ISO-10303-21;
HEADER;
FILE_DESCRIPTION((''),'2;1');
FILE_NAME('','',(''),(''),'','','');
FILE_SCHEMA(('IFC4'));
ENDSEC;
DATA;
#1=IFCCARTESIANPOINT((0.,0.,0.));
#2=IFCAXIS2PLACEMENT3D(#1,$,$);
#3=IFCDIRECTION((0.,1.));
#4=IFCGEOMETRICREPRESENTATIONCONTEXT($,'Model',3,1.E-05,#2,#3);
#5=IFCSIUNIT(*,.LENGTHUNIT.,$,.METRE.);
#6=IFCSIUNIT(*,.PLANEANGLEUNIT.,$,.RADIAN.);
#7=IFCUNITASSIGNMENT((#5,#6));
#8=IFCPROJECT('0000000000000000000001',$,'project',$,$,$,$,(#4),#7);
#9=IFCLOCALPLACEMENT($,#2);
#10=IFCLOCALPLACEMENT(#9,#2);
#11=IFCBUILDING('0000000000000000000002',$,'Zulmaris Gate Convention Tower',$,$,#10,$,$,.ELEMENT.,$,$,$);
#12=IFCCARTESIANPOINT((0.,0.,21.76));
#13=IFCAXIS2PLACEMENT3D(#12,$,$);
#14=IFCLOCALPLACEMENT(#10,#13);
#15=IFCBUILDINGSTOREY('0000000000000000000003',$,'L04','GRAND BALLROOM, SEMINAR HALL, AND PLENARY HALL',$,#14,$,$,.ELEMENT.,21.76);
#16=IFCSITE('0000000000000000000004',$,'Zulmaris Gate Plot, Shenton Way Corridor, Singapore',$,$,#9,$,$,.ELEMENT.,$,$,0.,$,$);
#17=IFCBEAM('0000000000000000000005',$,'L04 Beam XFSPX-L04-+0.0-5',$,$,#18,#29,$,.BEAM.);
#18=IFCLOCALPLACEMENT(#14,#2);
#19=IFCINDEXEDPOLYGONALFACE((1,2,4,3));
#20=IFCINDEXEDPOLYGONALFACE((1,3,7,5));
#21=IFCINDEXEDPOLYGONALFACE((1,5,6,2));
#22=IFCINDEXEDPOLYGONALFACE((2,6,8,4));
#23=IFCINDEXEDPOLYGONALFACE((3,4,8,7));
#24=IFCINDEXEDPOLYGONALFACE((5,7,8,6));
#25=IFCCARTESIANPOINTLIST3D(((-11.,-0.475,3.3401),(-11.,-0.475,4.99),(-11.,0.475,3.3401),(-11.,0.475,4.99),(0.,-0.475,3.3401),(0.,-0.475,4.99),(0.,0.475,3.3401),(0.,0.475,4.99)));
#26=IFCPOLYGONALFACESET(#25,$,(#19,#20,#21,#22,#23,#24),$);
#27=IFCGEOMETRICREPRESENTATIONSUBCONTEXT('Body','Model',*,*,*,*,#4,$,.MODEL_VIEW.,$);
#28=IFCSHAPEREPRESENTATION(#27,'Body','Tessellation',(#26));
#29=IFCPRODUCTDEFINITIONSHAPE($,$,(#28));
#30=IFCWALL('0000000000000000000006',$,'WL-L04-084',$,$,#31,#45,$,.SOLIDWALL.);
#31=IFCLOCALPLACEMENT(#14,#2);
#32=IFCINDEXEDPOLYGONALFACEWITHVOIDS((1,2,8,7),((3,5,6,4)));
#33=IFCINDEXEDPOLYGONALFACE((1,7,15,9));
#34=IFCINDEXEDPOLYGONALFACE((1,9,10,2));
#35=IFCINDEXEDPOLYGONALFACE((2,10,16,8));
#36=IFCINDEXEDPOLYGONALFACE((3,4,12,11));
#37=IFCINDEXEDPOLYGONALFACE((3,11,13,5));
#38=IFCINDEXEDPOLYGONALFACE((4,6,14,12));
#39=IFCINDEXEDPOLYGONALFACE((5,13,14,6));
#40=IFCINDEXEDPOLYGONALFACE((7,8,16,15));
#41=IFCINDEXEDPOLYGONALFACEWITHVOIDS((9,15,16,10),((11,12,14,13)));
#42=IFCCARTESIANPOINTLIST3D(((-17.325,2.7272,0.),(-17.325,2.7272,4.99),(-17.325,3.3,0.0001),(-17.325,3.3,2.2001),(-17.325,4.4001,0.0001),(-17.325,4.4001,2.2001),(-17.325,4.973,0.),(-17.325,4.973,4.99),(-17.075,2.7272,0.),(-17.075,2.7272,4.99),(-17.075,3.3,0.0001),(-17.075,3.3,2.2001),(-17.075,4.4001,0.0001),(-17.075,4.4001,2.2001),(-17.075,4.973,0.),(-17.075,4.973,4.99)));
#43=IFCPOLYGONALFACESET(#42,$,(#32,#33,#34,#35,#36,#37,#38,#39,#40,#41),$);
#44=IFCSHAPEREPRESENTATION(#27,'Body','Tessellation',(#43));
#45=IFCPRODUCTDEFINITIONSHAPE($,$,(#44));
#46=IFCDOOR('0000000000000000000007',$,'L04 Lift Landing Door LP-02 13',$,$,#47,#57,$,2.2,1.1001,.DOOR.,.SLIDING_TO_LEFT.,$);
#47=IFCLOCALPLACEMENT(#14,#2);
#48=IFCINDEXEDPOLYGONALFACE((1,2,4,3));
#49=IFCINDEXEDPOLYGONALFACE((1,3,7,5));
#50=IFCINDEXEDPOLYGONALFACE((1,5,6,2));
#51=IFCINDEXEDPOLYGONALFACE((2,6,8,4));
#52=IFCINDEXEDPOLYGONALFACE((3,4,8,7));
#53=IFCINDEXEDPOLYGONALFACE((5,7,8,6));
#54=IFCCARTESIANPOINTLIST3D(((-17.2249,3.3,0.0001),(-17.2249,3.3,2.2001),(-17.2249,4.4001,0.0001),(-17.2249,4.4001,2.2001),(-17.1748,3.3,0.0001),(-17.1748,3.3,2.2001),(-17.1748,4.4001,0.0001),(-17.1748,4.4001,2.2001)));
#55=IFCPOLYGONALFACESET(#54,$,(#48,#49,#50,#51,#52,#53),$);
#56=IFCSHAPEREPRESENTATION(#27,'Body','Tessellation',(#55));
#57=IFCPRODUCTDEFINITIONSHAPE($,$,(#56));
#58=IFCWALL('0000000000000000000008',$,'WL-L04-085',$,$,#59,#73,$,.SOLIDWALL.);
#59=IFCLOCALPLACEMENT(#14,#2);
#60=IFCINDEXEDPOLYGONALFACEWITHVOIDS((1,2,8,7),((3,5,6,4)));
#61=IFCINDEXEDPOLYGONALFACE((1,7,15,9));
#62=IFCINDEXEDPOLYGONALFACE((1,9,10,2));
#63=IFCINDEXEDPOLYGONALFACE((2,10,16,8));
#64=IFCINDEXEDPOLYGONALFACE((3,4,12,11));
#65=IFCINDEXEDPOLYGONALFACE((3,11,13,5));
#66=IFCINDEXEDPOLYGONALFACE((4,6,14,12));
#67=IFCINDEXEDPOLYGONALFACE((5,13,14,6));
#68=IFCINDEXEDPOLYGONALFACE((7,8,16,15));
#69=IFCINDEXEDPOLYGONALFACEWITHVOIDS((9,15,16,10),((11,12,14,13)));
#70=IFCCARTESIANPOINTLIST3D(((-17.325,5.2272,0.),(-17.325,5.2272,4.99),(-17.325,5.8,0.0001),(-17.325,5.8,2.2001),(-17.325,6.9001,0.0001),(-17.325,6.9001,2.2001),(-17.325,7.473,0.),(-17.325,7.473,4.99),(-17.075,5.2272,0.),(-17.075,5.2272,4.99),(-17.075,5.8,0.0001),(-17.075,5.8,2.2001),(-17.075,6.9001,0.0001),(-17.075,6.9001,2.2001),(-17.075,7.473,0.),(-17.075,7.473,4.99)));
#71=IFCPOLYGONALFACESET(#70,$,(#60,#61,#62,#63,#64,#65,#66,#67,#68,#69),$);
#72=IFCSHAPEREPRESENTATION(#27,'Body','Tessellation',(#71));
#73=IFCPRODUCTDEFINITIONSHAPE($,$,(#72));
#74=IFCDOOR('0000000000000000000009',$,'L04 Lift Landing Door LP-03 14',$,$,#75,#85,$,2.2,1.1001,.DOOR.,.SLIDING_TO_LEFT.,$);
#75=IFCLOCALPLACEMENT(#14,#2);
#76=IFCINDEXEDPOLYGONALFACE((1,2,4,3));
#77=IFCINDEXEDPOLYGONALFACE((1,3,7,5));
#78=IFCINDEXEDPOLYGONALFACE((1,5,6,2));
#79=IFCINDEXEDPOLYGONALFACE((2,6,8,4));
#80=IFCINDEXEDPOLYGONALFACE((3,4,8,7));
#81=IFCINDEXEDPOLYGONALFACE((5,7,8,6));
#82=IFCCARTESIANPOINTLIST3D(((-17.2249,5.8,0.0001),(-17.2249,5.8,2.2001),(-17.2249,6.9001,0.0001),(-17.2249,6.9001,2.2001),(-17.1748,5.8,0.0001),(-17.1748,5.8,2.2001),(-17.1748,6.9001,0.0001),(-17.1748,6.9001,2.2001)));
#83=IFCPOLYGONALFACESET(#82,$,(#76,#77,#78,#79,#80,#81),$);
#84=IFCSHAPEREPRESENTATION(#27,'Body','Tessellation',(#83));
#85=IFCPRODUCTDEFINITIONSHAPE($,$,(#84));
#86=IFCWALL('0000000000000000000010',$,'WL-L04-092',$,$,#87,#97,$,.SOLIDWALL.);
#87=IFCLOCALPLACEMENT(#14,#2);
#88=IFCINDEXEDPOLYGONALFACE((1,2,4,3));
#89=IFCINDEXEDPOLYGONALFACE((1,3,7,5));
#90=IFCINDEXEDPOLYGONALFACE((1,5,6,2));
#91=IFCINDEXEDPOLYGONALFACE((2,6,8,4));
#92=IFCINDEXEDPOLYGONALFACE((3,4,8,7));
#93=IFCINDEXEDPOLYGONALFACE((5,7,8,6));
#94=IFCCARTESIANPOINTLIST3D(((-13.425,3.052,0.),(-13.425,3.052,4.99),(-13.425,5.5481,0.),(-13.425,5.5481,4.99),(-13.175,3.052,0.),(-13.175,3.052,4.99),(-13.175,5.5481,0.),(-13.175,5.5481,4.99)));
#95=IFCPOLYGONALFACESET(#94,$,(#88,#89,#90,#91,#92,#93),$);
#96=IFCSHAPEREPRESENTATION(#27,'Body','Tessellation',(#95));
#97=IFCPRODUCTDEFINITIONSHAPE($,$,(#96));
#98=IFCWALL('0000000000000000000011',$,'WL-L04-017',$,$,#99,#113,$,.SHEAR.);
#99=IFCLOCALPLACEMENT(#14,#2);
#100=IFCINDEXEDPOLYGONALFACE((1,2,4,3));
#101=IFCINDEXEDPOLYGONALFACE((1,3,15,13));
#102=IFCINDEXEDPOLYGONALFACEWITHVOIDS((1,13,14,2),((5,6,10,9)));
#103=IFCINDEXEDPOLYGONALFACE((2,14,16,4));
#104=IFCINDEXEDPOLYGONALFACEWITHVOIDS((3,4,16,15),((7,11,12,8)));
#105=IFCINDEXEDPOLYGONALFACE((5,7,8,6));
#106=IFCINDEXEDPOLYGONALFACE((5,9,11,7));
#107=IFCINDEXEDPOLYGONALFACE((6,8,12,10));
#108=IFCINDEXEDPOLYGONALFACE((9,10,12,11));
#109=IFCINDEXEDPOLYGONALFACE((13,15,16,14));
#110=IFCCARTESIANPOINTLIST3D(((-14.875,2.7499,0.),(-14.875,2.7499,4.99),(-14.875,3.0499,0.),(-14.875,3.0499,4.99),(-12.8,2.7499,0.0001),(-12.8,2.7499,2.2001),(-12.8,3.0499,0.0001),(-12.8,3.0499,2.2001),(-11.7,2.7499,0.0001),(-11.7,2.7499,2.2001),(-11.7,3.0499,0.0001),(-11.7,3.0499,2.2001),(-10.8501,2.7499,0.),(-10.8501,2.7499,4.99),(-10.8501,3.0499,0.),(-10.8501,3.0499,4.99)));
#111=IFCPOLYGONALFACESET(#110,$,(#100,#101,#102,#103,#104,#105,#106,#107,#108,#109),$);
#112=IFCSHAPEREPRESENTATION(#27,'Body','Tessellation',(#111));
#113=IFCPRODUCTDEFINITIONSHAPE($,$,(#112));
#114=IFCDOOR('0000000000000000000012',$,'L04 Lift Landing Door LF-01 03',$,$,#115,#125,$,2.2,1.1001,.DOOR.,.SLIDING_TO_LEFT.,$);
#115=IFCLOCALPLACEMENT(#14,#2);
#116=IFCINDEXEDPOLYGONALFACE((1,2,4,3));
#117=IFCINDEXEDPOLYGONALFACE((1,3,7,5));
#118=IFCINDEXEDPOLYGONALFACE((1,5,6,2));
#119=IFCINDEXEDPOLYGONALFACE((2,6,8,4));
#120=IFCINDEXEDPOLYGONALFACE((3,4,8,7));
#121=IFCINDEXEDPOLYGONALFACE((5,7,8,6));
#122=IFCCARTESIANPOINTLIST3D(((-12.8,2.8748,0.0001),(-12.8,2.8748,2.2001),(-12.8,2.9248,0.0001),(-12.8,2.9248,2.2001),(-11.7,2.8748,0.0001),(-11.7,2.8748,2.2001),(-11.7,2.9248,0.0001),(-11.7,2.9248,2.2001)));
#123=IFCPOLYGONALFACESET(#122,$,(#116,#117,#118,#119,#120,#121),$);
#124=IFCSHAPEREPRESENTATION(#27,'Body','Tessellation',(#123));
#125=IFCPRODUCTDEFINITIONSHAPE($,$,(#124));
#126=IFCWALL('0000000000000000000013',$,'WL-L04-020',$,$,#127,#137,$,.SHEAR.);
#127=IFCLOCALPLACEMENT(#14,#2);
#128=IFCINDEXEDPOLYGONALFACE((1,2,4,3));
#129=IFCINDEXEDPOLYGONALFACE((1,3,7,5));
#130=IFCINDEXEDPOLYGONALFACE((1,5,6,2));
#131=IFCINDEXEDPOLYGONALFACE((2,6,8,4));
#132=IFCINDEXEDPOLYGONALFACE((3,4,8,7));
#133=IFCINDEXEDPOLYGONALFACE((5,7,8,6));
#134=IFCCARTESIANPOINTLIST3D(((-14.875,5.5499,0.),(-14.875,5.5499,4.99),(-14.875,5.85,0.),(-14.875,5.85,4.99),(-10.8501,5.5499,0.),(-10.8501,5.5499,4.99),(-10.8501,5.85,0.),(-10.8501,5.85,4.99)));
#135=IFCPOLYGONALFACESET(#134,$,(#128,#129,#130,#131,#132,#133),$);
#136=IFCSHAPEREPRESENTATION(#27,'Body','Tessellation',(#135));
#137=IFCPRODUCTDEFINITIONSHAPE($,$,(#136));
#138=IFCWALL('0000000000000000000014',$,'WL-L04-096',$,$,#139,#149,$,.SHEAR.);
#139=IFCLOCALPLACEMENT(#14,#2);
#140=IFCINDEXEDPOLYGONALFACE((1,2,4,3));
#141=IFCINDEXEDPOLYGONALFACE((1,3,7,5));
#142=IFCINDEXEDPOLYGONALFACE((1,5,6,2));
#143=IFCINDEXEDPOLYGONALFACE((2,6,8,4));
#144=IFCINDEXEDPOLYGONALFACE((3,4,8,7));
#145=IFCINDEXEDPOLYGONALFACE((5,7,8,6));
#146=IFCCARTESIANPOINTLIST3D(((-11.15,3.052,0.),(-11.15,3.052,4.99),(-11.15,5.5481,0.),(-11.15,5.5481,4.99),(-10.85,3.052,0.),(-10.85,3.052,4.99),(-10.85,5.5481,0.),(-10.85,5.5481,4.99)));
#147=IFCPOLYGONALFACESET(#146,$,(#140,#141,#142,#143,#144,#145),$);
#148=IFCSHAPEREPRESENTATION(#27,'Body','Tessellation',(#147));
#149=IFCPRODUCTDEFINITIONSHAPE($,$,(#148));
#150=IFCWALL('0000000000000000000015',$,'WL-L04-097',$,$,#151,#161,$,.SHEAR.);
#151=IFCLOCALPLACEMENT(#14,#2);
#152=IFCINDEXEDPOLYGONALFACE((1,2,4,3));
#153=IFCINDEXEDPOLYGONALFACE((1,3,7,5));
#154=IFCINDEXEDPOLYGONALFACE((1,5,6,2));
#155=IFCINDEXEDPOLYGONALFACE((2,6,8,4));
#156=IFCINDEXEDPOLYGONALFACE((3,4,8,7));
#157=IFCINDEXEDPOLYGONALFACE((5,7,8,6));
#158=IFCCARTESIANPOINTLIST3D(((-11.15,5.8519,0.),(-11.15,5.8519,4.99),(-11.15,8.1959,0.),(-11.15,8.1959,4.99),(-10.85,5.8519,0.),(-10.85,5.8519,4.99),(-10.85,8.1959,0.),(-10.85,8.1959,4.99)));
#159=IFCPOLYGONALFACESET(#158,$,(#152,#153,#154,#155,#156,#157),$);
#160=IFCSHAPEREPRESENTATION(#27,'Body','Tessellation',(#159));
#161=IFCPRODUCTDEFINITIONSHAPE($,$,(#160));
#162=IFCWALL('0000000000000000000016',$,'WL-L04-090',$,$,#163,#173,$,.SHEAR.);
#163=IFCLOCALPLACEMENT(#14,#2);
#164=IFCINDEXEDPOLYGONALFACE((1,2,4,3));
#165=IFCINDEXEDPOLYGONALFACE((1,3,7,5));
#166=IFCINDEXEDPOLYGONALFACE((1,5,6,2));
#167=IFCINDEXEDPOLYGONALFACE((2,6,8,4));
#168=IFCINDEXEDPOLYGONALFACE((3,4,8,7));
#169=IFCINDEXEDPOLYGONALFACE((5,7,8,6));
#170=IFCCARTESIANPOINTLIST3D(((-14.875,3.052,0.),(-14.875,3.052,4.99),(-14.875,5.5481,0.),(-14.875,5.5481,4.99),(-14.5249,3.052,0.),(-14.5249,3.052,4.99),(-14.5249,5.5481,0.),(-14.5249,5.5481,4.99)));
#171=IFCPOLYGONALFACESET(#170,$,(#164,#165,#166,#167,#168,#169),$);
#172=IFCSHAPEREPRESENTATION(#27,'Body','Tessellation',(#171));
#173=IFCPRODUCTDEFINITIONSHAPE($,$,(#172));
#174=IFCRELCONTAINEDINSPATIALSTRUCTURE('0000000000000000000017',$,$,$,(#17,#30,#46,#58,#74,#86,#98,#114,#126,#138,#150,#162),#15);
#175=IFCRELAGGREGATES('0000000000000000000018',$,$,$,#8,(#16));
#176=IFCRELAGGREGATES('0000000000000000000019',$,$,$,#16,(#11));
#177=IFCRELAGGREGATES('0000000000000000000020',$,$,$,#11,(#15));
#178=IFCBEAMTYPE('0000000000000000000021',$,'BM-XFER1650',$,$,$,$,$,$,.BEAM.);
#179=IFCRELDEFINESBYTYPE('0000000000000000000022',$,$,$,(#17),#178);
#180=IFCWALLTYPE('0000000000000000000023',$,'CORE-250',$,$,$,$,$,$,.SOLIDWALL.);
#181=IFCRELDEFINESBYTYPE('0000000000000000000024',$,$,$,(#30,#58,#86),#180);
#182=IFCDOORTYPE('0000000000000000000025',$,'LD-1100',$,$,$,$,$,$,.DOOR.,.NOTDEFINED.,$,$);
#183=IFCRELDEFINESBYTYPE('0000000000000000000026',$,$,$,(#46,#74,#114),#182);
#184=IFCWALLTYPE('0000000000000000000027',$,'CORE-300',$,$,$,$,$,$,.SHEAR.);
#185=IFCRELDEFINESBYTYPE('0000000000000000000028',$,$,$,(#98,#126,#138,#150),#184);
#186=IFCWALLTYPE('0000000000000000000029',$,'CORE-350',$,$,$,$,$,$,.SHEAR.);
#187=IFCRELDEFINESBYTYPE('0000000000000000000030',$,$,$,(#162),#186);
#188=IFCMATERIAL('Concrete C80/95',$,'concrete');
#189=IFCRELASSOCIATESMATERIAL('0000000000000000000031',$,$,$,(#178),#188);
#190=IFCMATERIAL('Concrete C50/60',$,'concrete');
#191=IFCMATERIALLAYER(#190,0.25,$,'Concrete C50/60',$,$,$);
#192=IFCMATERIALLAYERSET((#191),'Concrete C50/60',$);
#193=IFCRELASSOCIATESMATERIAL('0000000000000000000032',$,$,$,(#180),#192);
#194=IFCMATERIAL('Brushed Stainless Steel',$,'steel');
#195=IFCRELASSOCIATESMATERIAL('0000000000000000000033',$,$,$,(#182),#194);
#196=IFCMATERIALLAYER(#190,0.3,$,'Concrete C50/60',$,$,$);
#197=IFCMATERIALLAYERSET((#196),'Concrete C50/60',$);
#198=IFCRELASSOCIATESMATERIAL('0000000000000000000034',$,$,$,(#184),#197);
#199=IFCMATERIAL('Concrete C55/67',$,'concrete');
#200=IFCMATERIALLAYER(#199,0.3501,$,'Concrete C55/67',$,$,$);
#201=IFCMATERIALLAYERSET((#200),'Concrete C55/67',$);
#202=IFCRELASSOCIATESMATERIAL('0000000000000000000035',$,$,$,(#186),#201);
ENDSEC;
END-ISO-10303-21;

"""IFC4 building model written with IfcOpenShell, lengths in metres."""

from ifc_helpers import new_model, si_unit, direction, frame, frame_2d, origin, origin_2d, place, context, subcontext, project, spatial, rectangle, extrude, material, layer, layer_set, material_profile, profile_set, type_object, element, fill, save


model = new_model("IFC4")

# Units and contexts
model_context = context("Model", 3, precision=1e-05, world=origin(), true_north=direction((0.0, 1.0)))
body_context = subcontext(model_context, "Body", "Model", "MODEL_VIEW")
ifc_project = project(units=[si_unit("LENGTHUNIT", "METRE"), si_unit("PLANEANGLEUNIT", "RADIAN")], contexts=[model_context])

# Site, building, storey
site_placement = place(None, origin())
site = spatial("IfcSite", under=ifc_project, at=site_placement, Name="Zulmaris Gate Plot, Shenton Way Corridor, Singapore", CompositionType="ELEMENT", RefElevation=0.0)
building_placement = place(site_placement, origin())
building = spatial("IfcBuilding", under=site, at=building_placement, Name="Zulmaris Gate Convention Tower", CompositionType="ELEMENT")
storey_placement = place(building_placement, frame((0.0, 0.0, 21.76)))
storey = spatial("IfcBuildingStorey", under=building, at=storey_placement, Name="L04", Description="GRAND BALLROOM, SEMINAR HALL, AND PLENARY HALL", CompositionType="ELEMENT", Elevation=21.76)

# Beam
ifc_material_1 = material(Name="Concrete C80/95", Category="concrete")
ifc_material_profile = material_profile(ifc_material_1, rectangle(XDim=0.95, YDim=1.6499, at=origin_2d()), Name="RC TRANSFER 950x1650")
ifc_profile_set = profile_set([ifc_material_profile], Name="Concrete C80/95")
beam_type = type_object("IfcBeamType", Name="BM-XFER1650", PredefinedType="BEAM", material=ifc_profile_set)
beam_placement = place(storey_placement, frame((-11.0, 0.0, 4.165), z_axis=(1.0, 0.0, 0.0), x_axis=(0.0, 1.0, 0.0)))
element("IfcBeam", 1, at=beam_placement, inside=storey, type_object=beam_type, Name="L04 Beam XFSPX-L04-+0.0-5", PredefinedType="BEAM", context=body_context, shape_type="SweptSolid", body=[
    extrude(rectangle(XDim=0.95, YDim=1.6499, at=origin_2d()), origin(), (0.0, 0.0, 1.0), 11.0),
])

# Walls, openings, doors
ifc_material_2 = material(Name="Concrete C50/60", Category="concrete")
ifc_layer_1 = layer(ifc_material_2, 0.25, Name="Concrete C50/60")
ifc_layer_set_1 = layer_set([ifc_layer_1], Name="Concrete C50/60")
wall_type_1 = type_object("IfcWallType", Name="CORE-250", PredefinedType="SOLIDWALL", material=ifc_layer_set_1)
wall_1_placement = place(storey_placement, frame((-17.2, 2.7271, 0.0), z_axis=(0.0, 0.0, 1.0), x_axis=(0.0, 1.0, 0.0)))
wall_1 = element("IfcWall", 2, at=wall_1_placement, inside=storey, type_object=wall_type_1, Name="WL-L04-084", PredefinedType="SOLIDWALL", context=body_context, shape_type="SweptSolid", body=[
    extrude(rectangle(XDim=2.2458, YDim=0.25, at=frame_2d((1.123, 0.0))), origin(), (0.0, 0.0, 1.0), 4.99),
])
opening_1_placement = place(wall_1_placement, frame((0.573, 0.0, 0.0)))
opening_1 = element("IfcOpeningElement", 3, at=opening_1_placement, cuts=wall_1, PredefinedType="OPENING", context=body_context, shape_type="SweptSolid", body=[
    extrude(rectangle(XDim=1.1001, YDim=2.2, at=frame_2d((0.55, 1.1001))), frame((0.0, 0.135, 0.0), z_axis=(0.0, -1.0, 0.0), x_axis=(1.0, 0.0, 0.0)), (0.0, 0.0, 1.0), 0.27),
])
ifc_material_3 = material(Name="Brushed Stainless Steel", Category="steel")
door_type_1 = type_object("IfcDoorType", Name="LD-1100", OperationType="NOTDEFINED", PredefinedType="DOOR", material=ifc_material_3)
door_1_placement = place(opening_1_placement, origin())
door_1 = element("IfcDoor", 4, at=door_1_placement, inside=storey, type_object=door_type_1, Name="L04 Lift Landing Door LP-02 13", OperationType="SLIDING_TO_LEFT", OverallHeight=2.2, OverallWidth=1.1001, PredefinedType="DOOR", context=body_context, shape_type="SweptSolid", body=[
    extrude(rectangle(XDim=1.1001, YDim=2.2, at=frame_2d((0.55, 1.1001))), frame((0.0, 0.0249, 0.0), z_axis=(0.0, -1.0, 0.0), x_axis=(1.0, 0.0, 0.0)), (0.0, 0.0, 1.0), 0.05),
])
fill(opening_1, door_1)
wall_2_placement = place(storey_placement, frame((-17.2, 5.2271, 0.0), z_axis=(0.0, 0.0, 1.0), x_axis=(0.0, 1.0, 0.0)))
wall_2 = element("IfcWall", 5, at=wall_2_placement, inside=storey, type_object=wall_type_1, Name="WL-L04-085", PredefinedType="SOLIDWALL", context=body_context, shape_type="SweptSolid", body=[
    extrude(rectangle(XDim=2.2458, YDim=0.25, at=frame_2d((1.123, 0.0))), origin(), (0.0, 0.0, 1.0), 4.99),
])
opening_2_placement = place(wall_2_placement, frame((0.573, 0.0, 0.0)))
opening_2 = element("IfcOpeningElement", 6, at=opening_2_placement, cuts=wall_2, PredefinedType="OPENING", context=body_context, shape_type="SweptSolid", body=[
    extrude(rectangle(XDim=1.1001, YDim=2.2, at=frame_2d((0.55, 1.1001))), frame((0.0, 0.135, 0.0), z_axis=(0.0, -1.0, 0.0), x_axis=(1.0, 0.0, 0.0)), (0.0, 0.0, 1.0), 0.27),
])
door_2_placement = place(opening_2_placement, origin())
door_2 = element("IfcDoor", 7, at=door_2_placement, inside=storey, type_object=door_type_1, Name="L04 Lift Landing Door LP-03 14", OperationType="SLIDING_TO_LEFT", OverallHeight=2.2, OverallWidth=1.1001, PredefinedType="DOOR", context=body_context, shape_type="SweptSolid", body=[
    extrude(rectangle(XDim=1.1001, YDim=2.2, at=frame_2d((0.55, 1.1001))), frame((0.0, 0.0249, 0.0), z_axis=(0.0, -1.0, 0.0), x_axis=(1.0, 0.0, 0.0)), (0.0, 0.0, 1.0), 0.05),
])
fill(opening_2, door_2)

# Wall
wall_3_placement = place(storey_placement, frame((-13.3, 3.052, 0.0), z_axis=(0.0, 0.0, 1.0), x_axis=(0.0, 1.0, 0.0)))
element("IfcWall", 8, at=wall_3_placement, inside=storey, type_object=wall_type_1, Name="WL-L04-092", PredefinedType="SOLIDWALL", context=body_context, shape_type="SweptSolid", body=[
    extrude(rectangle(XDim=2.4961, YDim=0.25, at=frame_2d((1.248, 0.0))), origin(), (0.0, 0.0, 1.0), 4.99),
])

# Wall, opening, door
ifc_layer_2 = layer(ifc_material_2, 0.3, Name="Concrete C50/60")
ifc_layer_set_2 = layer_set([ifc_layer_2], Name="Concrete C50/60")
wall_type_2 = type_object("IfcWallType", Name="CORE-300", PredefinedType="SHEAR", material=ifc_layer_set_2)
wall_4_placement = place(storey_placement, frame((-14.875, 2.8999, 0.0), z_axis=(0.0, 0.0, 1.0), x_axis=(1.0, 0.0, 0.0)))
wall_4 = element("IfcWall", 9, at=wall_4_placement, inside=storey, type_object=wall_type_2, Name="WL-L04-017", PredefinedType="SHEAR", context=body_context, shape_type="SweptSolid", body=[
    extrude(rectangle(XDim=4.0249, YDim=0.3, at=frame_2d((2.0125, 0.0))), origin(), (0.0, 0.0, 1.0), 4.99),
])
opening_3_placement = place(wall_4_placement, frame((2.075, 0.0, 0.0)))
opening_3 = element("IfcOpeningElement", 10, at=opening_3_placement, cuts=wall_4, PredefinedType="OPENING", context=body_context, shape_type="SweptSolid", body=[
    extrude(rectangle(XDim=1.1001, YDim=2.2, at=frame_2d((0.55, 1.1001))), frame((0.0, 0.1602, 0.0), z_axis=(0.0, -1.0, 0.0), x_axis=(1.0, 0.0, 0.0)), (0.0, 0.0, 1.0), 0.3201),
])
door_3_placement = place(opening_3_placement, origin())
door_3 = element("IfcDoor", 11, at=door_3_placement, inside=storey, type_object=door_type_1, Name="L04 Lift Landing Door LF-01 03", OperationType="SLIDING_TO_LEFT", OverallHeight=2.2, OverallWidth=1.1001, PredefinedType="DOOR", context=body_context, shape_type="SweptSolid", body=[
    extrude(rectangle(XDim=1.1001, YDim=2.2, at=frame_2d((0.55, 1.1001))), frame((0.0, 0.0249, 0.0), z_axis=(0.0, -1.0, 0.0), x_axis=(1.0, 0.0, 0.0)), (0.0, 0.0, 1.0), 0.05),
])
fill(opening_3, door_3)

# Wall
wall_5_placement = place(storey_placement, frame((-14.875, 5.7, 0.0), z_axis=(0.0, 0.0, 1.0), x_axis=(1.0, 0.0, 0.0)))
element("IfcWall", 12, at=wall_5_placement, inside=storey, type_object=wall_type_2, Name="WL-L04-020", PredefinedType="SHEAR", context=body_context, shape_type="SweptSolid", body=[
    extrude(rectangle(XDim=4.0249, YDim=0.3, at=frame_2d((2.0125, 0.0))), origin(), (0.0, 0.0, 1.0), 4.99),
])

# Walls
wall_6_placement = place(storey_placement, frame((-11.0, 3.052, 0.0), z_axis=(0.0, 0.0, 1.0), x_axis=(0.0, 1.0, 0.0)))
element("IfcWall", 13, at=wall_6_placement, inside=storey, type_object=wall_type_2, Name="WL-L04-096", PredefinedType="SHEAR", context=body_context, shape_type="SweptSolid", body=[
    extrude(rectangle(XDim=2.4961, YDim=0.3, at=frame_2d((1.248, 0.0))), origin(), (0.0, 0.0, 1.0), 4.99),
])
wall_7_placement = place(storey_placement, frame((-11.0, 5.8521, 0.0), z_axis=(0.0, 0.0, 1.0), x_axis=(0.0, 1.0, 0.0)))
element("IfcWall", 14, at=wall_7_placement, inside=storey, type_object=wall_type_2, Name="WL-L04-097", PredefinedType="SHEAR", context=body_context, shape_type="SweptSolid", body=[
    extrude(rectangle(XDim=2.344, YDim=0.3, at=frame_2d((1.1719, 0.0))), origin(), (0.0, 0.0, 1.0), 4.99),
])
ifc_material_4 = material(Name="Concrete C55/67", Category="concrete")
ifc_layer_3 = layer(ifc_material_4, 0.3501, Name="Concrete C55/67")
ifc_layer_set_3 = layer_set([ifc_layer_3], Name="Concrete C55/67")
wall_type_3 = type_object("IfcWallType", Name="CORE-350", PredefinedType="SHEAR", material=ifc_layer_set_3)
wall_8_placement = place(storey_placement, frame((-14.7, 3.052, 0.0), z_axis=(0.0, 0.0, 1.0), x_axis=(0.0, 1.0, 0.0)))
element("IfcWall", 15, at=wall_8_placement, inside=storey, type_object=wall_type_3, Name="WL-L04-090", PredefinedType="SHEAR", context=body_context, shape_type="SweptSolid", body=[
    extrude(rectangle(XDim=2.4961, YDim=0.3501, at=frame_2d((1.248, 0.0))), origin(), (0.0, 0.0, 1.0), 4.99),
])

save(model, "model.ifc")
